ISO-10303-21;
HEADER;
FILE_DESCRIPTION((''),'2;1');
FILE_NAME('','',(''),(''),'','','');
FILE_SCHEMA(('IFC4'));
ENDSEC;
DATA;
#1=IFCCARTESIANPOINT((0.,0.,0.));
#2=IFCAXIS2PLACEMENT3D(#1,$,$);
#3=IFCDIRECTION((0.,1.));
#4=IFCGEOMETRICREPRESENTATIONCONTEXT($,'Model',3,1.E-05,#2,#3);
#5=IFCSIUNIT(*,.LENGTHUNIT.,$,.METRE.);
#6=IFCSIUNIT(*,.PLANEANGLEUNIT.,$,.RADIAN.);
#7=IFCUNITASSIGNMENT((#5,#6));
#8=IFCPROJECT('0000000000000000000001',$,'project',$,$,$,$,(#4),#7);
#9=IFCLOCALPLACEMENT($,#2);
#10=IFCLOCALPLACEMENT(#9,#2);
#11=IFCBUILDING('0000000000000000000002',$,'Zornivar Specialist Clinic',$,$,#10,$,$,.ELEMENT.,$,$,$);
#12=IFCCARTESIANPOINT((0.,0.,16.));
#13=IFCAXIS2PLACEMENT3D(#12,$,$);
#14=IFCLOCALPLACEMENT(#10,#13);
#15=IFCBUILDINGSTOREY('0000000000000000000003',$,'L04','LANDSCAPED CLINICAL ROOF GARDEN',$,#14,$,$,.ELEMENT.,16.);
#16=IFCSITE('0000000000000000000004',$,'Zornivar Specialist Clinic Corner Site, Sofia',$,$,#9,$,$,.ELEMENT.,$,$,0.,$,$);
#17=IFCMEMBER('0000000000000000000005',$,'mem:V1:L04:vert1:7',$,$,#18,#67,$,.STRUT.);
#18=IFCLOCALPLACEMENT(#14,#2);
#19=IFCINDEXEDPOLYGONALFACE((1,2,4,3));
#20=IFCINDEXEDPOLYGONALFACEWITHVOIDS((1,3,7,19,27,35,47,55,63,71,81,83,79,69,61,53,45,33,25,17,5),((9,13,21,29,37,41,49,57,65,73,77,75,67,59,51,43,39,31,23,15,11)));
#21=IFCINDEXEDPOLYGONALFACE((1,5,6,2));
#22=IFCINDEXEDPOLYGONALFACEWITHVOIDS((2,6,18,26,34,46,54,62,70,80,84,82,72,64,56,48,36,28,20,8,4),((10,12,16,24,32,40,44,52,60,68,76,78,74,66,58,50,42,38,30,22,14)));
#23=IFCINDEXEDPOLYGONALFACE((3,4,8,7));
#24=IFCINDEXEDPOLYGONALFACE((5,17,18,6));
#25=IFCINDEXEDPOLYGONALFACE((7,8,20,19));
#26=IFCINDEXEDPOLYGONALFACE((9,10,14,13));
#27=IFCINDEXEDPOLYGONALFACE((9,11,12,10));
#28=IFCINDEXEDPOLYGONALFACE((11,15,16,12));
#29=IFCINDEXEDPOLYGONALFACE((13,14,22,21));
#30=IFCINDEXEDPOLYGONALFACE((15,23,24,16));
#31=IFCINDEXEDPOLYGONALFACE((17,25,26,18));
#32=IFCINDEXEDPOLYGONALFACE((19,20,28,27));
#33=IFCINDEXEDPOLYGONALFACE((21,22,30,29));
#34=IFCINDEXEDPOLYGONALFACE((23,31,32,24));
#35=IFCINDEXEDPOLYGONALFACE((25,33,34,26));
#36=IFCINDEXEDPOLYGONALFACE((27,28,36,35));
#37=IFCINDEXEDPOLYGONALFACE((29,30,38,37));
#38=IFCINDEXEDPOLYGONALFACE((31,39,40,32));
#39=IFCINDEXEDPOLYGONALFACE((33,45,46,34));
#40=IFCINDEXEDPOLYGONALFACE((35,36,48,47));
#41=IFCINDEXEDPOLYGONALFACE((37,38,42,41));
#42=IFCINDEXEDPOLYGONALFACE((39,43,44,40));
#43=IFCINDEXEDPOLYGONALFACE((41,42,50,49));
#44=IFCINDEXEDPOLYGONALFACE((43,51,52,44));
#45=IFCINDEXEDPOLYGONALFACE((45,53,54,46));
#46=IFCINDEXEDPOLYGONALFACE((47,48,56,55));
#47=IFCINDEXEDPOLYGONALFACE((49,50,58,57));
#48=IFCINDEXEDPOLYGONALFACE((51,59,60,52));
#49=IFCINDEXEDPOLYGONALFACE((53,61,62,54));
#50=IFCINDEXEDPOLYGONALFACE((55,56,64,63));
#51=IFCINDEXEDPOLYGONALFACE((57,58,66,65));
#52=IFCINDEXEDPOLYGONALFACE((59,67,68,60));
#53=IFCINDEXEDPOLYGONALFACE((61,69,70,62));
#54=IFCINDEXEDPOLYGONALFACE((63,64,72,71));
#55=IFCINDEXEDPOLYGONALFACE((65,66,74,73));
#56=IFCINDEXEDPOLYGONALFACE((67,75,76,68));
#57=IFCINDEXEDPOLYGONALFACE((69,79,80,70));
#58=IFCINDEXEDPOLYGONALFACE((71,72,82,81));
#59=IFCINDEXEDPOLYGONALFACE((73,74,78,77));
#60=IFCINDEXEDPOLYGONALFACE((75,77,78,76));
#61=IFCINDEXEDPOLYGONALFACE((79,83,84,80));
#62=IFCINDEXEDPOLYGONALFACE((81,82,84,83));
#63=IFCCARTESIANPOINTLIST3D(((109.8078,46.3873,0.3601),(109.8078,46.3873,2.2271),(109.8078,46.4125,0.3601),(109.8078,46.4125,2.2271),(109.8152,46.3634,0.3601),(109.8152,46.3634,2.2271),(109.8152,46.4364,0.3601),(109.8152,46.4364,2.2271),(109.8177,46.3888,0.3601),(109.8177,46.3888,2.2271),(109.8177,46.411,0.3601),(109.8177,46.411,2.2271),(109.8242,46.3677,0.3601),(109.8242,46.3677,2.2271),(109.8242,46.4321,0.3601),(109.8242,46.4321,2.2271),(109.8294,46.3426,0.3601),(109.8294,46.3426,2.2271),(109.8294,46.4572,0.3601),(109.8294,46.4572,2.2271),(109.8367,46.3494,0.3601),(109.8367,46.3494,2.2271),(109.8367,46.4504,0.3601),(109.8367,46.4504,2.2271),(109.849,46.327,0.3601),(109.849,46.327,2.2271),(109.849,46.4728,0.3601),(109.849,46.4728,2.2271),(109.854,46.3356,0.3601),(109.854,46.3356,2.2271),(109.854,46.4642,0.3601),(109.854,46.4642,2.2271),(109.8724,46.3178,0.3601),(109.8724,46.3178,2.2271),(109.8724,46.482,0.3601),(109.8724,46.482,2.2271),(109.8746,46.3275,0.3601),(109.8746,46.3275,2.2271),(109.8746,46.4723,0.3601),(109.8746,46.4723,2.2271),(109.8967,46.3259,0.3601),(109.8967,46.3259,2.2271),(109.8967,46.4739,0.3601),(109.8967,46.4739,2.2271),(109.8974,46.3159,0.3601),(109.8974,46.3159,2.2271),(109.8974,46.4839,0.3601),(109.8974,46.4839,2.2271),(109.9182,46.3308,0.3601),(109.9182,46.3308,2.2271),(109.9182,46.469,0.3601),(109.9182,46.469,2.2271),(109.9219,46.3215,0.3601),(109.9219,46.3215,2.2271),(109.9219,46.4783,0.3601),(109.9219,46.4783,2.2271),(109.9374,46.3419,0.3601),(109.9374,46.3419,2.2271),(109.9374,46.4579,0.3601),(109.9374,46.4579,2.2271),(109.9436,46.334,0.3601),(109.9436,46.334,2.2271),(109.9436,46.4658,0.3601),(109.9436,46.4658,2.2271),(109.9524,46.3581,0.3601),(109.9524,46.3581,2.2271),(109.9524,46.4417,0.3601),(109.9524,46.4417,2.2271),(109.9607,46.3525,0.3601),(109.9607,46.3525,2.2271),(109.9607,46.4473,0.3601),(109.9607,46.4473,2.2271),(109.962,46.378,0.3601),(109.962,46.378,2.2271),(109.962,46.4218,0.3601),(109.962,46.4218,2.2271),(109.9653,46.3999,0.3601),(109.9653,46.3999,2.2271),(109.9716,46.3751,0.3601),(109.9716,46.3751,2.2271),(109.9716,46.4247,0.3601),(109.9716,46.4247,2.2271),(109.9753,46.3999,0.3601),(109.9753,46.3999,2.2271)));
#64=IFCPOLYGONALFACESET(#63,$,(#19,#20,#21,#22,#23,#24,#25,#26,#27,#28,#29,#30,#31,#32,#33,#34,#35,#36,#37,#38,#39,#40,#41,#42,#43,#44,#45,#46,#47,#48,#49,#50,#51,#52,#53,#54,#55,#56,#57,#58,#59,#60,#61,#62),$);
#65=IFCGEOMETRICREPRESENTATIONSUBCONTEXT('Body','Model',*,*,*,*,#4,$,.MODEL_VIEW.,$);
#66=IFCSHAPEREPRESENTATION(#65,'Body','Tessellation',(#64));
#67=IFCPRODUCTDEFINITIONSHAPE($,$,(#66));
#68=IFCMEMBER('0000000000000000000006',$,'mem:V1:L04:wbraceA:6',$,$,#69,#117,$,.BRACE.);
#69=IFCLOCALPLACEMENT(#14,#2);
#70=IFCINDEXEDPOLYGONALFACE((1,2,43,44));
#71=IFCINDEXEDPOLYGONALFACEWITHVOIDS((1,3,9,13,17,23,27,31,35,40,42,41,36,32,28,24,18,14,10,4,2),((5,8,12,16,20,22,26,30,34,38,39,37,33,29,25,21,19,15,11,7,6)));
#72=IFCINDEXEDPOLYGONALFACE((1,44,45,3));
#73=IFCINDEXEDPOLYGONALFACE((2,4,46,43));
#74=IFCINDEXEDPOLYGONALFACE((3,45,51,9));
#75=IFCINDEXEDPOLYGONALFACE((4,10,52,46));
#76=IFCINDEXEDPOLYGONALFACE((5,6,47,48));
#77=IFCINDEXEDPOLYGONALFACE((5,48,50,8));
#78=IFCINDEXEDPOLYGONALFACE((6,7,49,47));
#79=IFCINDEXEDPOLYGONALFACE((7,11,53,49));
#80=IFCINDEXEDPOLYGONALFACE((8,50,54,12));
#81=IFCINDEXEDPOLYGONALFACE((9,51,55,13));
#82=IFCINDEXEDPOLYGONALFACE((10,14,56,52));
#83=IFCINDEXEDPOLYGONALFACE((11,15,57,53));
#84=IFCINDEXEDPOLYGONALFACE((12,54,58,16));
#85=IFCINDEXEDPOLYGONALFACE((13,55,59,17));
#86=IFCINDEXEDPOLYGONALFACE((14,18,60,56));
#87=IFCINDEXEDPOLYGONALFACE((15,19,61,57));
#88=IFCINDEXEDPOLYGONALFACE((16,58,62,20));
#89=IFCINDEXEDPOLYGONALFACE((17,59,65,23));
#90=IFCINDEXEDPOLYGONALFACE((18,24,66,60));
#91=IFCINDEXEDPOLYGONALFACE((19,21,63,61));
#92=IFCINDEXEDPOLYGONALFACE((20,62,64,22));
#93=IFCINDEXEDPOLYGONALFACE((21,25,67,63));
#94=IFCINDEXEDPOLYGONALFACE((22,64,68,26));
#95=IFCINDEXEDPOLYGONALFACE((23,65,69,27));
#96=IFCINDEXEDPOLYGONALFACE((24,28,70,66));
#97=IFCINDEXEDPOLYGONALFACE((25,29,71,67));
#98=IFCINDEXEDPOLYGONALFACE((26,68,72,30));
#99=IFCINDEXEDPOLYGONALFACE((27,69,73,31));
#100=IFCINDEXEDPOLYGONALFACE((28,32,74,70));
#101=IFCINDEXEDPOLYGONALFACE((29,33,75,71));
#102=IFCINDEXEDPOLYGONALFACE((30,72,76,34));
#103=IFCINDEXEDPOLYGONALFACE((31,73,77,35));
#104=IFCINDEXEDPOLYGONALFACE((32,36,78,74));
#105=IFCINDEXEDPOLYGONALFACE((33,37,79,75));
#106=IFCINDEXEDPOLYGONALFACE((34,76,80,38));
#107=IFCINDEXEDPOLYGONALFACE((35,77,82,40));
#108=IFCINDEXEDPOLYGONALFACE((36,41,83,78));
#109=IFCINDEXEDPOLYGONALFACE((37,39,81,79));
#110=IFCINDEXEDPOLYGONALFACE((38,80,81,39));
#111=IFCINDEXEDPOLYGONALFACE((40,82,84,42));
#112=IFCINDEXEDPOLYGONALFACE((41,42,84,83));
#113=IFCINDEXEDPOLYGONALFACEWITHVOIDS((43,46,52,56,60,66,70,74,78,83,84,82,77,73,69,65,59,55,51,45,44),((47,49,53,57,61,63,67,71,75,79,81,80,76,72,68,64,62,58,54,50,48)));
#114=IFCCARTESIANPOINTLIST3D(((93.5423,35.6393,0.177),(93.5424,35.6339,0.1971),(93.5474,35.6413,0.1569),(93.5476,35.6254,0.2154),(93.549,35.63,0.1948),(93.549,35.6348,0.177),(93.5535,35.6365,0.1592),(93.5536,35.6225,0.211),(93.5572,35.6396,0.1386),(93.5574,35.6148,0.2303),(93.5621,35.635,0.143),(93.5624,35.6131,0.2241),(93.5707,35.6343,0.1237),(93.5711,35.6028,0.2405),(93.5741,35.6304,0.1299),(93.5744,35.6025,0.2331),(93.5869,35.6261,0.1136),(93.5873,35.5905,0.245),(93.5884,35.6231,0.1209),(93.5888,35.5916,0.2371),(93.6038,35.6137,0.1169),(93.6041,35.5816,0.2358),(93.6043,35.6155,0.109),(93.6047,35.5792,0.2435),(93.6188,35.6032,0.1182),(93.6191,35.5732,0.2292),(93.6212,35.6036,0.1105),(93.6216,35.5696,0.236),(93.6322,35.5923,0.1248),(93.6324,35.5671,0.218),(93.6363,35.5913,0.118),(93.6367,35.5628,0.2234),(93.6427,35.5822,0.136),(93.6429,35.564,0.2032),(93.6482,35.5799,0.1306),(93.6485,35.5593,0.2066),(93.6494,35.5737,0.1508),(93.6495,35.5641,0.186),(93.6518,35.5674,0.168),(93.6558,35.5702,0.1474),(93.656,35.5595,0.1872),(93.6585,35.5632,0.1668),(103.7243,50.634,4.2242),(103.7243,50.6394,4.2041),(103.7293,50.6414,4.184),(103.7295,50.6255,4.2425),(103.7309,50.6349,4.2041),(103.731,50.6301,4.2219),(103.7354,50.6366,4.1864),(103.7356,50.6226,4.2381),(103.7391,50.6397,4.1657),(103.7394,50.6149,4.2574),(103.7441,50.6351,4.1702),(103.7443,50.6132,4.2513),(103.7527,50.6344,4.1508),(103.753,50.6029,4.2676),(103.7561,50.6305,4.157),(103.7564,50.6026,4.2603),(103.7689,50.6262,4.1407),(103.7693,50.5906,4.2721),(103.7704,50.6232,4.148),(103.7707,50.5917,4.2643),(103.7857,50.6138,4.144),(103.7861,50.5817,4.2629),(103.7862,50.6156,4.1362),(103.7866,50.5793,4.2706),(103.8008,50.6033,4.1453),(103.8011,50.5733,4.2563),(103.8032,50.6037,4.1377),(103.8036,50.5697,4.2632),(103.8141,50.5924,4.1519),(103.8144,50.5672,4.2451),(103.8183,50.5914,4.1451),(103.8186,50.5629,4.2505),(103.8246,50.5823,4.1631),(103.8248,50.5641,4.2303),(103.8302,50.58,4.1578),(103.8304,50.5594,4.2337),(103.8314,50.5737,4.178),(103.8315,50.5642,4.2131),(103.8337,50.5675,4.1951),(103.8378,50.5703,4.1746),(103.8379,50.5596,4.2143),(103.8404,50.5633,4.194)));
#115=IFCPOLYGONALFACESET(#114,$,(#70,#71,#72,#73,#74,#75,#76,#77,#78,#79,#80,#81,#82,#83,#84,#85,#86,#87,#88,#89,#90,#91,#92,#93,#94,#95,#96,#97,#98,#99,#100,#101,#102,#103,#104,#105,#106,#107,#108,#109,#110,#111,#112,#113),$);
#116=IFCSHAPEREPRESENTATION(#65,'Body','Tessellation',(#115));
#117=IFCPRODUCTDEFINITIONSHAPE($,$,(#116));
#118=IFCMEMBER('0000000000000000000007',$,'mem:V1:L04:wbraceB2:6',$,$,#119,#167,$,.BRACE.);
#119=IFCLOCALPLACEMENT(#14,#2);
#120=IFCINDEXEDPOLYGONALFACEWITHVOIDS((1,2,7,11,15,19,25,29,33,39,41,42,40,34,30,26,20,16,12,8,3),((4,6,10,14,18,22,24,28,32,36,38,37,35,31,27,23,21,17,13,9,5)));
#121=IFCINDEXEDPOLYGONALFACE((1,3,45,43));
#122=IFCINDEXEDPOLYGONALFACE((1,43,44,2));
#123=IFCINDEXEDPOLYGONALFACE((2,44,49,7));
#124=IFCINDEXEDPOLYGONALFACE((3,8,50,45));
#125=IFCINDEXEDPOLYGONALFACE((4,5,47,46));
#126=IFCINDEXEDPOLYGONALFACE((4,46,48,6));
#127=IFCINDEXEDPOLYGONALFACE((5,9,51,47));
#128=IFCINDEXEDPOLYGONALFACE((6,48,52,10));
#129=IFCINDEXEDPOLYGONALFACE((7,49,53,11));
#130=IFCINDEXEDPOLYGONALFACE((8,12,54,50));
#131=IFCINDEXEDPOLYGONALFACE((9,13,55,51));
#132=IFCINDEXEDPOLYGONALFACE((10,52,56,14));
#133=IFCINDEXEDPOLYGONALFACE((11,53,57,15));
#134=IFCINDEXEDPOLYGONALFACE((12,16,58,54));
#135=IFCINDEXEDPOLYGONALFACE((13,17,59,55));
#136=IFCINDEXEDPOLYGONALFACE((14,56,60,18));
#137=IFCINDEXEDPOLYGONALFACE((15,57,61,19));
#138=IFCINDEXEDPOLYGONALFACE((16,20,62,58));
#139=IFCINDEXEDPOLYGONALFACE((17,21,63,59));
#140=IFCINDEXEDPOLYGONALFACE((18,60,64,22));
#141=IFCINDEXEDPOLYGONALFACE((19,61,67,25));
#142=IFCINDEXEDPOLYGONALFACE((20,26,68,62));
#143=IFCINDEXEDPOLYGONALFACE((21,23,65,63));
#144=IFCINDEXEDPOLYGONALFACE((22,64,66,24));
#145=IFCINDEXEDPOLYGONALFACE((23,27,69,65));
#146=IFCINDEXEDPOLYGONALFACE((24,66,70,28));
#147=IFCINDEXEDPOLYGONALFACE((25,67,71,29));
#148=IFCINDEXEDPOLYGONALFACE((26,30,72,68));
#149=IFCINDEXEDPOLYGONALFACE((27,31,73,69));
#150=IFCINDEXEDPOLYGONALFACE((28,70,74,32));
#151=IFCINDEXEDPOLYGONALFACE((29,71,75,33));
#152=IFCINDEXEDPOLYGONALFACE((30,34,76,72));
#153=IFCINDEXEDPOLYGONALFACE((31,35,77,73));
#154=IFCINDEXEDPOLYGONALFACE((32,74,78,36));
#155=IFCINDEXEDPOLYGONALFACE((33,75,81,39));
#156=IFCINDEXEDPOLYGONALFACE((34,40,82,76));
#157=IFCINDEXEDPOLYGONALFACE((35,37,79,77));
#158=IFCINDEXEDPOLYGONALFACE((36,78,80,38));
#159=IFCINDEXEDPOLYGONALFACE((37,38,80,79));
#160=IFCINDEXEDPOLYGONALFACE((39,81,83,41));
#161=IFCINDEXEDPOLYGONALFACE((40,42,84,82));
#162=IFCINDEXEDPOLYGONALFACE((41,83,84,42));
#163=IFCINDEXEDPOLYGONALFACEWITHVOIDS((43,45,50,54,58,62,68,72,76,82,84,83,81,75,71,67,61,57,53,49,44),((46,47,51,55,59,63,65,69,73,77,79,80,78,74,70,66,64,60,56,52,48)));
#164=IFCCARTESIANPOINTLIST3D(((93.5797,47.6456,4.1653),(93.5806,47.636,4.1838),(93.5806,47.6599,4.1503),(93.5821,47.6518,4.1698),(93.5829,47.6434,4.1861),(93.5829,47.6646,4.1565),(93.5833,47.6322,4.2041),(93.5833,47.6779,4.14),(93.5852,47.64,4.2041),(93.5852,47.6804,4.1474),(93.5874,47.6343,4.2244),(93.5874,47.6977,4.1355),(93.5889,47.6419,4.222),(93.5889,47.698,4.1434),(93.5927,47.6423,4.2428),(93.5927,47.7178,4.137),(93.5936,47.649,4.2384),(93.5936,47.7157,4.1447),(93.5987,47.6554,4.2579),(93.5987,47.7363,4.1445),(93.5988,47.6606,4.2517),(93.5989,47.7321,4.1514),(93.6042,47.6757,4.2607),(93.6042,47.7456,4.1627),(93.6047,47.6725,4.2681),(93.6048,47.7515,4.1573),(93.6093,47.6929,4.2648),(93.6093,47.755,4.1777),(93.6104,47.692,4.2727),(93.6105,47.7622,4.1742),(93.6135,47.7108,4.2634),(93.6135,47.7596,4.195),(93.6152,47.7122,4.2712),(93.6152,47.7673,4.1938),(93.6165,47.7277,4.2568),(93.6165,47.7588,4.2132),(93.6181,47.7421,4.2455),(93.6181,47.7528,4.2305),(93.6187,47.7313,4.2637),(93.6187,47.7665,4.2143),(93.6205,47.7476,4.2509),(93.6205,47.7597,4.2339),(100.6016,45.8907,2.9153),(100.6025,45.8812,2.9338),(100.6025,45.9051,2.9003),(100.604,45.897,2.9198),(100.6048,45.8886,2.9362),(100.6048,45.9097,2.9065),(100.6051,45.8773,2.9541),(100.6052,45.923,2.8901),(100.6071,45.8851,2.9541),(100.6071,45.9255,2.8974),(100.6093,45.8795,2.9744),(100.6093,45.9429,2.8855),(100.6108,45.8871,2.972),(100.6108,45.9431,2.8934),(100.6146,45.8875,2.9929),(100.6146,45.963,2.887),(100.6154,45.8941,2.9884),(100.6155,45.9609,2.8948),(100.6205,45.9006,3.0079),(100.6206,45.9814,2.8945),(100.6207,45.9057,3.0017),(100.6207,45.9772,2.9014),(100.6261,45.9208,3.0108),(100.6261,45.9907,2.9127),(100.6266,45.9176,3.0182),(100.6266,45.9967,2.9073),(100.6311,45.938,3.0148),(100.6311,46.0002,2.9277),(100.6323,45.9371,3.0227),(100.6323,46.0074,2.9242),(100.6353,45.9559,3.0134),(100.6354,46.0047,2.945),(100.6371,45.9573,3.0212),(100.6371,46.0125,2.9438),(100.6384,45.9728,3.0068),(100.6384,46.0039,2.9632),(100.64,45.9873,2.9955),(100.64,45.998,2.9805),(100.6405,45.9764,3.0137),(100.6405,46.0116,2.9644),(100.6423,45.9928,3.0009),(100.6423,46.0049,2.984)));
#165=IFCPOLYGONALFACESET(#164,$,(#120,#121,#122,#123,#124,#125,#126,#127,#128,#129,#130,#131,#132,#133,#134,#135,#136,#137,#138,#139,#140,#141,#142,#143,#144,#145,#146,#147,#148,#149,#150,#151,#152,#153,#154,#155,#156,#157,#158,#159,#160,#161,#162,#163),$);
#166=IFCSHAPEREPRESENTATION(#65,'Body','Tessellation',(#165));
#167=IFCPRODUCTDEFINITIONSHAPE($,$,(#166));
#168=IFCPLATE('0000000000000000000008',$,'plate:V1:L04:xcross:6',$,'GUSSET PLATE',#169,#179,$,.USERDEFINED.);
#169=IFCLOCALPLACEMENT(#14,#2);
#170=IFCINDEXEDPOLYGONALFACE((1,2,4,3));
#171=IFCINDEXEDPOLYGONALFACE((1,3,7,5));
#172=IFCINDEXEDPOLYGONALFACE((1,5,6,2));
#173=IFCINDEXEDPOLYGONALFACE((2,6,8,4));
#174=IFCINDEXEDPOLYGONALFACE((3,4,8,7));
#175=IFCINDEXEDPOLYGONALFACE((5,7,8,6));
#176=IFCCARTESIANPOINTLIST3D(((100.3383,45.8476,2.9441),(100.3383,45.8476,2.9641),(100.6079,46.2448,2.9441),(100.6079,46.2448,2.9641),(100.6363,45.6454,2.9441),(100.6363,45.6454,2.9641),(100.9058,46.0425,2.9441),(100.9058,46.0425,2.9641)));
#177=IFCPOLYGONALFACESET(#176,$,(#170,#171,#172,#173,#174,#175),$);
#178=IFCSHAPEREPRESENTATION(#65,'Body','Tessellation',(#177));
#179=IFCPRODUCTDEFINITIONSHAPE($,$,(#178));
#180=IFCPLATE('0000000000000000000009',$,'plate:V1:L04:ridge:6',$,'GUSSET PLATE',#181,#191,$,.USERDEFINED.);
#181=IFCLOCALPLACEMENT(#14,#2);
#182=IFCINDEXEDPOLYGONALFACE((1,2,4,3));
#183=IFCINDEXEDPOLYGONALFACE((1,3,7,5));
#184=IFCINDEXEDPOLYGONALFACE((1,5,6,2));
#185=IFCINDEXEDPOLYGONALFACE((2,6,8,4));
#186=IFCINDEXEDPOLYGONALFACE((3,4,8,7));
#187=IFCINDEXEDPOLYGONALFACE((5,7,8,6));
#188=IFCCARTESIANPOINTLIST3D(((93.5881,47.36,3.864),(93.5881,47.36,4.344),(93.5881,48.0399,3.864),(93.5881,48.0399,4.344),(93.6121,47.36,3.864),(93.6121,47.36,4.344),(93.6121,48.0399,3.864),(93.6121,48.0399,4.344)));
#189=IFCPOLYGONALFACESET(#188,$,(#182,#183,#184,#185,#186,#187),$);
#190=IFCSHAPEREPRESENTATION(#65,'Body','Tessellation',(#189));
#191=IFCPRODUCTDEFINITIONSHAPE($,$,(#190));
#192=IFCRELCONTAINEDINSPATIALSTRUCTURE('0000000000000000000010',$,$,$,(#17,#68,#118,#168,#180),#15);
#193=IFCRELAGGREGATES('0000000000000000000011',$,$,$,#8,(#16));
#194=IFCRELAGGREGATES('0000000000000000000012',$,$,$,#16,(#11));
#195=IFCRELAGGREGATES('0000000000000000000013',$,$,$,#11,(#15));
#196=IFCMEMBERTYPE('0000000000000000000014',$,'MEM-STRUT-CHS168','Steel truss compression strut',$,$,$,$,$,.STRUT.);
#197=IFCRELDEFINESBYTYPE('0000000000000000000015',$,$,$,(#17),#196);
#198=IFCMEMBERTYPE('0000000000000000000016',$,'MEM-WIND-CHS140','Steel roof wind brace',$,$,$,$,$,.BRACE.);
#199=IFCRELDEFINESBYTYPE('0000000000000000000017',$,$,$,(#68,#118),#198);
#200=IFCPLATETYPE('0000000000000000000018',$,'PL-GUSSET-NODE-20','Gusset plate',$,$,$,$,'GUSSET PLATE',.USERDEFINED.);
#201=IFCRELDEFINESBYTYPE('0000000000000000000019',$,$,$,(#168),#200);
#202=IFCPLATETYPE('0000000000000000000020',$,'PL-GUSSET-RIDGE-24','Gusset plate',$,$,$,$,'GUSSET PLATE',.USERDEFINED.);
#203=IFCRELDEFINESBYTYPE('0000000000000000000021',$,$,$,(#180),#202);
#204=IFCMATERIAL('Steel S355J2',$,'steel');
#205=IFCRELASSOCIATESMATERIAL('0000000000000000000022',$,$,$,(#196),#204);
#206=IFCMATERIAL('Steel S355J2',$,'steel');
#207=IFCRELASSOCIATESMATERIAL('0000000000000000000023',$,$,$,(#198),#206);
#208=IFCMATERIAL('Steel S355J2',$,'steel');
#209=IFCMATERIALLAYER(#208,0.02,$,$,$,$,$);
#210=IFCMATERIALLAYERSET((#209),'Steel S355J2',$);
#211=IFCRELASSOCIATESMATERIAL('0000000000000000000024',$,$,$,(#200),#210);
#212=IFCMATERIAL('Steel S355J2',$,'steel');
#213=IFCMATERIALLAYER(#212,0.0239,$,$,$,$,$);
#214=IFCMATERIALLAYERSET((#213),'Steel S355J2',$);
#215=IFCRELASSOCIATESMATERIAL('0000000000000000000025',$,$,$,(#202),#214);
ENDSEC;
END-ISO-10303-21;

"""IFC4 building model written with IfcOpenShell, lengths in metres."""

from ifc_helpers import new_model, si_unit, direction, frame, origin, origin_2d, place, context, subcontext, project, spatial, rectangle, hollow_circle, extrude, material, layer, layer_set, material_profile, profile_set, type_object, element, save


model = new_model("IFC4")

# Units and contexts
model_context = context("Model", 3, precision=1e-05, world=origin(), true_north=direction((0.0, 1.0)))
body_context = subcontext(model_context, "Body", "Model", "MODEL_VIEW")
ifc_project = project(units=[si_unit("LENGTHUNIT", "METRE"), si_unit("PLANEANGLEUNIT", "RADIAN")], contexts=[model_context])

# Site, building, storey
site_placement = place(None, origin())
site = spatial("IfcSite", under=ifc_project, at=site_placement, Name="Zornivar Specialist Clinic Corner Site, Sofia", CompositionType="ELEMENT", RefElevation=0.0)
building_placement = place(site_placement, origin())
building = spatial("IfcBuilding", under=site, at=building_placement, Name="Zornivar Specialist Clinic", CompositionType="ELEMENT")
storey_placement = place(building_placement, frame((0.0, 0.0, 16.0)))
storey = spatial("IfcBuildingStorey", under=building, at=storey_placement, Name="L04", Description="LANDSCAPED CLINICAL ROOF GARDEN", CompositionType="ELEMENT", Elevation=16.0)

# Members
ifc_material_1 = material(Name="Steel S355J2", Category="steel")
ifc_material_profile_1 = material_profile(ifc_material_1, hollow_circle(Radius=0.0842, WallThickness=0.01, at=origin_2d()), Name="CHS 168.3x10")
ifc_profile_set_1 = profile_set([ifc_material_profile_1], Name="Steel S355J2")
member_type_1 = type_object("IfcMemberType", Name="MEM-STRUT-CHS168", Description="Steel truss compression strut", PredefinedType="STRUT", material=ifc_profile_set_1)
for number, where, z_axis, x_axis, name in (
    (1, (109.8911, 46.3999, 0.3601), (0.0, 0.0, 1.0), (1.0, 0.0, 0.0), "mem:V1:L04:vert1:7"),
):
    element("IfcMember", number, at=place(storey_placement, frame(where, z_axis=z_axis, x_axis=x_axis)), inside=storey, type_object=member_type_1, Name=name, PredefinedType="STRUT", context=body_context, shape_type="SweptSolid", body=[
        extrude(hollow_circle(Radius=0.0842, WallThickness=0.01, at=origin_2d()), origin(), (0.0, 0.0, 1.0), 1.8669),
    ])
ifc_material_2 = material(Name="Steel S355J2", Category="steel")
ifc_material_profile_2 = material_profile(ifc_material_2, hollow_circle(Radius=0.0698, WallThickness=0.0081, at=origin_2d()), Name="CHS 139.7x8")
ifc_profile_set_2 = profile_set([ifc_material_profile_2], Name="Steel S355J2")
member_type_2 = type_object("IfcMemberType", Name="MEM-WIND-CHS140", Description="Steel roof wind brace", PredefinedType="BRACE", material=ifc_profile_set_2)
member_1_placement = place(storey_placement, frame((93.6001, 35.6001, 0.177), z_axis=(0.548263, 0.807704, 0.216847), x_axis=(-0.827391, 0.561627, 0.0)))
element("IfcMember", 2, at=member_1_placement, inside=storey, type_object=member_type_2, Name="mem:V1:L04:wbraceA:6", PredefinedType="BRACE", context=body_context, shape_type="SweptSolid", body=[
    extrude(hollow_circle(Radius=0.0698, WallThickness=0.0081, at=origin_2d()), origin(), (0.0, 0.0, 1.0), 18.5713),
])
member_2_placement = place(storey_placement, frame((100.6221, 45.9451, 2.9541), z_axis=(-0.95601, 0.238919, 0.170182), x_axis=(-0.242456, -0.970162, 0.0)))
element("IfcMember", 3, at=member_2_placement, inside=storey, type_object=member_type_2, Name="mem:V1:L04:wbraceB2:6", PredefinedType="BRACE", context=body_context, shape_type="SweptSolid", body=[
    extrude(hollow_circle(Radius=0.0698, WallThickness=0.0081, at=origin_2d()), origin(), (0.0, 0.0, 1.0), 7.345),
])

# Plates
ifc_material_3 = material(Name="Steel S355J2", Category="steel")
ifc_layer_1 = layer(ifc_material_3, 0.02)
ifc_layer_set_1 = layer_set([ifc_layer_1], Name="Steel S355J2")
plate_type_1 = type_object("IfcPlateType", Name="PL-GUSSET-NODE-20", Description="Gusset plate", ElementType="GUSSET PLATE", PredefinedType="USERDEFINED", material=ifc_layer_set_1)
plate_1_placement = place(storey_placement, frame((100.6221, 45.9451, 2.9441), z_axis=(0.0, 0.0, 1.0), x_axis=(0.56165, 0.827375, 0.0)))
element("IfcPlate", 4, at=plate_1_placement, inside=storey, type_object=plate_type_1, Name="plate:V1:L04:xcross:6", ObjectType="GUSSET PLATE", PredefinedType="USERDEFINED", context=body_context, shape_type="SweptSolid", body=[
    extrude(rectangle(XDim=0.48, YDim=0.3601, at=origin_2d()), origin(), (0.0, 0.0, 1.0), 0.02),
])
ifc_material_4 = material(Name="Steel S355J2", Category="steel")
ifc_layer_2 = layer(ifc_material_4, 0.0239)
ifc_layer_set_2 = layer_set([ifc_layer_2], Name="Steel S355J2")
plate_type_2 = type_object("IfcPlateType", Name="PL-GUSSET-RIDGE-24", Description="Gusset plate", ElementType="GUSSET PLATE", PredefinedType="USERDEFINED", material=ifc_layer_set_2)
plate_2_placement = place(storey_placement, frame((93.6001, 47.7, 3.864), z_axis=(0.0, 0.0, 1.0), x_axis=(0.0, -1.0, 0.0)))
element("IfcPlate", 5, at=plate_2_placement, inside=storey, type_object=plate_type_2, Name="plate:V1:L04:ridge:6", ObjectType="GUSSET PLATE", PredefinedType="USERDEFINED", context=body_context, shape_type="SweptSolid", body=[
    extrude(rectangle(XDim=0.6799, YDim=0.0239, at=origin_2d()), origin(), (0.0, 0.0, 1.0), 0.48),
])

save(model, "model.ifc")
